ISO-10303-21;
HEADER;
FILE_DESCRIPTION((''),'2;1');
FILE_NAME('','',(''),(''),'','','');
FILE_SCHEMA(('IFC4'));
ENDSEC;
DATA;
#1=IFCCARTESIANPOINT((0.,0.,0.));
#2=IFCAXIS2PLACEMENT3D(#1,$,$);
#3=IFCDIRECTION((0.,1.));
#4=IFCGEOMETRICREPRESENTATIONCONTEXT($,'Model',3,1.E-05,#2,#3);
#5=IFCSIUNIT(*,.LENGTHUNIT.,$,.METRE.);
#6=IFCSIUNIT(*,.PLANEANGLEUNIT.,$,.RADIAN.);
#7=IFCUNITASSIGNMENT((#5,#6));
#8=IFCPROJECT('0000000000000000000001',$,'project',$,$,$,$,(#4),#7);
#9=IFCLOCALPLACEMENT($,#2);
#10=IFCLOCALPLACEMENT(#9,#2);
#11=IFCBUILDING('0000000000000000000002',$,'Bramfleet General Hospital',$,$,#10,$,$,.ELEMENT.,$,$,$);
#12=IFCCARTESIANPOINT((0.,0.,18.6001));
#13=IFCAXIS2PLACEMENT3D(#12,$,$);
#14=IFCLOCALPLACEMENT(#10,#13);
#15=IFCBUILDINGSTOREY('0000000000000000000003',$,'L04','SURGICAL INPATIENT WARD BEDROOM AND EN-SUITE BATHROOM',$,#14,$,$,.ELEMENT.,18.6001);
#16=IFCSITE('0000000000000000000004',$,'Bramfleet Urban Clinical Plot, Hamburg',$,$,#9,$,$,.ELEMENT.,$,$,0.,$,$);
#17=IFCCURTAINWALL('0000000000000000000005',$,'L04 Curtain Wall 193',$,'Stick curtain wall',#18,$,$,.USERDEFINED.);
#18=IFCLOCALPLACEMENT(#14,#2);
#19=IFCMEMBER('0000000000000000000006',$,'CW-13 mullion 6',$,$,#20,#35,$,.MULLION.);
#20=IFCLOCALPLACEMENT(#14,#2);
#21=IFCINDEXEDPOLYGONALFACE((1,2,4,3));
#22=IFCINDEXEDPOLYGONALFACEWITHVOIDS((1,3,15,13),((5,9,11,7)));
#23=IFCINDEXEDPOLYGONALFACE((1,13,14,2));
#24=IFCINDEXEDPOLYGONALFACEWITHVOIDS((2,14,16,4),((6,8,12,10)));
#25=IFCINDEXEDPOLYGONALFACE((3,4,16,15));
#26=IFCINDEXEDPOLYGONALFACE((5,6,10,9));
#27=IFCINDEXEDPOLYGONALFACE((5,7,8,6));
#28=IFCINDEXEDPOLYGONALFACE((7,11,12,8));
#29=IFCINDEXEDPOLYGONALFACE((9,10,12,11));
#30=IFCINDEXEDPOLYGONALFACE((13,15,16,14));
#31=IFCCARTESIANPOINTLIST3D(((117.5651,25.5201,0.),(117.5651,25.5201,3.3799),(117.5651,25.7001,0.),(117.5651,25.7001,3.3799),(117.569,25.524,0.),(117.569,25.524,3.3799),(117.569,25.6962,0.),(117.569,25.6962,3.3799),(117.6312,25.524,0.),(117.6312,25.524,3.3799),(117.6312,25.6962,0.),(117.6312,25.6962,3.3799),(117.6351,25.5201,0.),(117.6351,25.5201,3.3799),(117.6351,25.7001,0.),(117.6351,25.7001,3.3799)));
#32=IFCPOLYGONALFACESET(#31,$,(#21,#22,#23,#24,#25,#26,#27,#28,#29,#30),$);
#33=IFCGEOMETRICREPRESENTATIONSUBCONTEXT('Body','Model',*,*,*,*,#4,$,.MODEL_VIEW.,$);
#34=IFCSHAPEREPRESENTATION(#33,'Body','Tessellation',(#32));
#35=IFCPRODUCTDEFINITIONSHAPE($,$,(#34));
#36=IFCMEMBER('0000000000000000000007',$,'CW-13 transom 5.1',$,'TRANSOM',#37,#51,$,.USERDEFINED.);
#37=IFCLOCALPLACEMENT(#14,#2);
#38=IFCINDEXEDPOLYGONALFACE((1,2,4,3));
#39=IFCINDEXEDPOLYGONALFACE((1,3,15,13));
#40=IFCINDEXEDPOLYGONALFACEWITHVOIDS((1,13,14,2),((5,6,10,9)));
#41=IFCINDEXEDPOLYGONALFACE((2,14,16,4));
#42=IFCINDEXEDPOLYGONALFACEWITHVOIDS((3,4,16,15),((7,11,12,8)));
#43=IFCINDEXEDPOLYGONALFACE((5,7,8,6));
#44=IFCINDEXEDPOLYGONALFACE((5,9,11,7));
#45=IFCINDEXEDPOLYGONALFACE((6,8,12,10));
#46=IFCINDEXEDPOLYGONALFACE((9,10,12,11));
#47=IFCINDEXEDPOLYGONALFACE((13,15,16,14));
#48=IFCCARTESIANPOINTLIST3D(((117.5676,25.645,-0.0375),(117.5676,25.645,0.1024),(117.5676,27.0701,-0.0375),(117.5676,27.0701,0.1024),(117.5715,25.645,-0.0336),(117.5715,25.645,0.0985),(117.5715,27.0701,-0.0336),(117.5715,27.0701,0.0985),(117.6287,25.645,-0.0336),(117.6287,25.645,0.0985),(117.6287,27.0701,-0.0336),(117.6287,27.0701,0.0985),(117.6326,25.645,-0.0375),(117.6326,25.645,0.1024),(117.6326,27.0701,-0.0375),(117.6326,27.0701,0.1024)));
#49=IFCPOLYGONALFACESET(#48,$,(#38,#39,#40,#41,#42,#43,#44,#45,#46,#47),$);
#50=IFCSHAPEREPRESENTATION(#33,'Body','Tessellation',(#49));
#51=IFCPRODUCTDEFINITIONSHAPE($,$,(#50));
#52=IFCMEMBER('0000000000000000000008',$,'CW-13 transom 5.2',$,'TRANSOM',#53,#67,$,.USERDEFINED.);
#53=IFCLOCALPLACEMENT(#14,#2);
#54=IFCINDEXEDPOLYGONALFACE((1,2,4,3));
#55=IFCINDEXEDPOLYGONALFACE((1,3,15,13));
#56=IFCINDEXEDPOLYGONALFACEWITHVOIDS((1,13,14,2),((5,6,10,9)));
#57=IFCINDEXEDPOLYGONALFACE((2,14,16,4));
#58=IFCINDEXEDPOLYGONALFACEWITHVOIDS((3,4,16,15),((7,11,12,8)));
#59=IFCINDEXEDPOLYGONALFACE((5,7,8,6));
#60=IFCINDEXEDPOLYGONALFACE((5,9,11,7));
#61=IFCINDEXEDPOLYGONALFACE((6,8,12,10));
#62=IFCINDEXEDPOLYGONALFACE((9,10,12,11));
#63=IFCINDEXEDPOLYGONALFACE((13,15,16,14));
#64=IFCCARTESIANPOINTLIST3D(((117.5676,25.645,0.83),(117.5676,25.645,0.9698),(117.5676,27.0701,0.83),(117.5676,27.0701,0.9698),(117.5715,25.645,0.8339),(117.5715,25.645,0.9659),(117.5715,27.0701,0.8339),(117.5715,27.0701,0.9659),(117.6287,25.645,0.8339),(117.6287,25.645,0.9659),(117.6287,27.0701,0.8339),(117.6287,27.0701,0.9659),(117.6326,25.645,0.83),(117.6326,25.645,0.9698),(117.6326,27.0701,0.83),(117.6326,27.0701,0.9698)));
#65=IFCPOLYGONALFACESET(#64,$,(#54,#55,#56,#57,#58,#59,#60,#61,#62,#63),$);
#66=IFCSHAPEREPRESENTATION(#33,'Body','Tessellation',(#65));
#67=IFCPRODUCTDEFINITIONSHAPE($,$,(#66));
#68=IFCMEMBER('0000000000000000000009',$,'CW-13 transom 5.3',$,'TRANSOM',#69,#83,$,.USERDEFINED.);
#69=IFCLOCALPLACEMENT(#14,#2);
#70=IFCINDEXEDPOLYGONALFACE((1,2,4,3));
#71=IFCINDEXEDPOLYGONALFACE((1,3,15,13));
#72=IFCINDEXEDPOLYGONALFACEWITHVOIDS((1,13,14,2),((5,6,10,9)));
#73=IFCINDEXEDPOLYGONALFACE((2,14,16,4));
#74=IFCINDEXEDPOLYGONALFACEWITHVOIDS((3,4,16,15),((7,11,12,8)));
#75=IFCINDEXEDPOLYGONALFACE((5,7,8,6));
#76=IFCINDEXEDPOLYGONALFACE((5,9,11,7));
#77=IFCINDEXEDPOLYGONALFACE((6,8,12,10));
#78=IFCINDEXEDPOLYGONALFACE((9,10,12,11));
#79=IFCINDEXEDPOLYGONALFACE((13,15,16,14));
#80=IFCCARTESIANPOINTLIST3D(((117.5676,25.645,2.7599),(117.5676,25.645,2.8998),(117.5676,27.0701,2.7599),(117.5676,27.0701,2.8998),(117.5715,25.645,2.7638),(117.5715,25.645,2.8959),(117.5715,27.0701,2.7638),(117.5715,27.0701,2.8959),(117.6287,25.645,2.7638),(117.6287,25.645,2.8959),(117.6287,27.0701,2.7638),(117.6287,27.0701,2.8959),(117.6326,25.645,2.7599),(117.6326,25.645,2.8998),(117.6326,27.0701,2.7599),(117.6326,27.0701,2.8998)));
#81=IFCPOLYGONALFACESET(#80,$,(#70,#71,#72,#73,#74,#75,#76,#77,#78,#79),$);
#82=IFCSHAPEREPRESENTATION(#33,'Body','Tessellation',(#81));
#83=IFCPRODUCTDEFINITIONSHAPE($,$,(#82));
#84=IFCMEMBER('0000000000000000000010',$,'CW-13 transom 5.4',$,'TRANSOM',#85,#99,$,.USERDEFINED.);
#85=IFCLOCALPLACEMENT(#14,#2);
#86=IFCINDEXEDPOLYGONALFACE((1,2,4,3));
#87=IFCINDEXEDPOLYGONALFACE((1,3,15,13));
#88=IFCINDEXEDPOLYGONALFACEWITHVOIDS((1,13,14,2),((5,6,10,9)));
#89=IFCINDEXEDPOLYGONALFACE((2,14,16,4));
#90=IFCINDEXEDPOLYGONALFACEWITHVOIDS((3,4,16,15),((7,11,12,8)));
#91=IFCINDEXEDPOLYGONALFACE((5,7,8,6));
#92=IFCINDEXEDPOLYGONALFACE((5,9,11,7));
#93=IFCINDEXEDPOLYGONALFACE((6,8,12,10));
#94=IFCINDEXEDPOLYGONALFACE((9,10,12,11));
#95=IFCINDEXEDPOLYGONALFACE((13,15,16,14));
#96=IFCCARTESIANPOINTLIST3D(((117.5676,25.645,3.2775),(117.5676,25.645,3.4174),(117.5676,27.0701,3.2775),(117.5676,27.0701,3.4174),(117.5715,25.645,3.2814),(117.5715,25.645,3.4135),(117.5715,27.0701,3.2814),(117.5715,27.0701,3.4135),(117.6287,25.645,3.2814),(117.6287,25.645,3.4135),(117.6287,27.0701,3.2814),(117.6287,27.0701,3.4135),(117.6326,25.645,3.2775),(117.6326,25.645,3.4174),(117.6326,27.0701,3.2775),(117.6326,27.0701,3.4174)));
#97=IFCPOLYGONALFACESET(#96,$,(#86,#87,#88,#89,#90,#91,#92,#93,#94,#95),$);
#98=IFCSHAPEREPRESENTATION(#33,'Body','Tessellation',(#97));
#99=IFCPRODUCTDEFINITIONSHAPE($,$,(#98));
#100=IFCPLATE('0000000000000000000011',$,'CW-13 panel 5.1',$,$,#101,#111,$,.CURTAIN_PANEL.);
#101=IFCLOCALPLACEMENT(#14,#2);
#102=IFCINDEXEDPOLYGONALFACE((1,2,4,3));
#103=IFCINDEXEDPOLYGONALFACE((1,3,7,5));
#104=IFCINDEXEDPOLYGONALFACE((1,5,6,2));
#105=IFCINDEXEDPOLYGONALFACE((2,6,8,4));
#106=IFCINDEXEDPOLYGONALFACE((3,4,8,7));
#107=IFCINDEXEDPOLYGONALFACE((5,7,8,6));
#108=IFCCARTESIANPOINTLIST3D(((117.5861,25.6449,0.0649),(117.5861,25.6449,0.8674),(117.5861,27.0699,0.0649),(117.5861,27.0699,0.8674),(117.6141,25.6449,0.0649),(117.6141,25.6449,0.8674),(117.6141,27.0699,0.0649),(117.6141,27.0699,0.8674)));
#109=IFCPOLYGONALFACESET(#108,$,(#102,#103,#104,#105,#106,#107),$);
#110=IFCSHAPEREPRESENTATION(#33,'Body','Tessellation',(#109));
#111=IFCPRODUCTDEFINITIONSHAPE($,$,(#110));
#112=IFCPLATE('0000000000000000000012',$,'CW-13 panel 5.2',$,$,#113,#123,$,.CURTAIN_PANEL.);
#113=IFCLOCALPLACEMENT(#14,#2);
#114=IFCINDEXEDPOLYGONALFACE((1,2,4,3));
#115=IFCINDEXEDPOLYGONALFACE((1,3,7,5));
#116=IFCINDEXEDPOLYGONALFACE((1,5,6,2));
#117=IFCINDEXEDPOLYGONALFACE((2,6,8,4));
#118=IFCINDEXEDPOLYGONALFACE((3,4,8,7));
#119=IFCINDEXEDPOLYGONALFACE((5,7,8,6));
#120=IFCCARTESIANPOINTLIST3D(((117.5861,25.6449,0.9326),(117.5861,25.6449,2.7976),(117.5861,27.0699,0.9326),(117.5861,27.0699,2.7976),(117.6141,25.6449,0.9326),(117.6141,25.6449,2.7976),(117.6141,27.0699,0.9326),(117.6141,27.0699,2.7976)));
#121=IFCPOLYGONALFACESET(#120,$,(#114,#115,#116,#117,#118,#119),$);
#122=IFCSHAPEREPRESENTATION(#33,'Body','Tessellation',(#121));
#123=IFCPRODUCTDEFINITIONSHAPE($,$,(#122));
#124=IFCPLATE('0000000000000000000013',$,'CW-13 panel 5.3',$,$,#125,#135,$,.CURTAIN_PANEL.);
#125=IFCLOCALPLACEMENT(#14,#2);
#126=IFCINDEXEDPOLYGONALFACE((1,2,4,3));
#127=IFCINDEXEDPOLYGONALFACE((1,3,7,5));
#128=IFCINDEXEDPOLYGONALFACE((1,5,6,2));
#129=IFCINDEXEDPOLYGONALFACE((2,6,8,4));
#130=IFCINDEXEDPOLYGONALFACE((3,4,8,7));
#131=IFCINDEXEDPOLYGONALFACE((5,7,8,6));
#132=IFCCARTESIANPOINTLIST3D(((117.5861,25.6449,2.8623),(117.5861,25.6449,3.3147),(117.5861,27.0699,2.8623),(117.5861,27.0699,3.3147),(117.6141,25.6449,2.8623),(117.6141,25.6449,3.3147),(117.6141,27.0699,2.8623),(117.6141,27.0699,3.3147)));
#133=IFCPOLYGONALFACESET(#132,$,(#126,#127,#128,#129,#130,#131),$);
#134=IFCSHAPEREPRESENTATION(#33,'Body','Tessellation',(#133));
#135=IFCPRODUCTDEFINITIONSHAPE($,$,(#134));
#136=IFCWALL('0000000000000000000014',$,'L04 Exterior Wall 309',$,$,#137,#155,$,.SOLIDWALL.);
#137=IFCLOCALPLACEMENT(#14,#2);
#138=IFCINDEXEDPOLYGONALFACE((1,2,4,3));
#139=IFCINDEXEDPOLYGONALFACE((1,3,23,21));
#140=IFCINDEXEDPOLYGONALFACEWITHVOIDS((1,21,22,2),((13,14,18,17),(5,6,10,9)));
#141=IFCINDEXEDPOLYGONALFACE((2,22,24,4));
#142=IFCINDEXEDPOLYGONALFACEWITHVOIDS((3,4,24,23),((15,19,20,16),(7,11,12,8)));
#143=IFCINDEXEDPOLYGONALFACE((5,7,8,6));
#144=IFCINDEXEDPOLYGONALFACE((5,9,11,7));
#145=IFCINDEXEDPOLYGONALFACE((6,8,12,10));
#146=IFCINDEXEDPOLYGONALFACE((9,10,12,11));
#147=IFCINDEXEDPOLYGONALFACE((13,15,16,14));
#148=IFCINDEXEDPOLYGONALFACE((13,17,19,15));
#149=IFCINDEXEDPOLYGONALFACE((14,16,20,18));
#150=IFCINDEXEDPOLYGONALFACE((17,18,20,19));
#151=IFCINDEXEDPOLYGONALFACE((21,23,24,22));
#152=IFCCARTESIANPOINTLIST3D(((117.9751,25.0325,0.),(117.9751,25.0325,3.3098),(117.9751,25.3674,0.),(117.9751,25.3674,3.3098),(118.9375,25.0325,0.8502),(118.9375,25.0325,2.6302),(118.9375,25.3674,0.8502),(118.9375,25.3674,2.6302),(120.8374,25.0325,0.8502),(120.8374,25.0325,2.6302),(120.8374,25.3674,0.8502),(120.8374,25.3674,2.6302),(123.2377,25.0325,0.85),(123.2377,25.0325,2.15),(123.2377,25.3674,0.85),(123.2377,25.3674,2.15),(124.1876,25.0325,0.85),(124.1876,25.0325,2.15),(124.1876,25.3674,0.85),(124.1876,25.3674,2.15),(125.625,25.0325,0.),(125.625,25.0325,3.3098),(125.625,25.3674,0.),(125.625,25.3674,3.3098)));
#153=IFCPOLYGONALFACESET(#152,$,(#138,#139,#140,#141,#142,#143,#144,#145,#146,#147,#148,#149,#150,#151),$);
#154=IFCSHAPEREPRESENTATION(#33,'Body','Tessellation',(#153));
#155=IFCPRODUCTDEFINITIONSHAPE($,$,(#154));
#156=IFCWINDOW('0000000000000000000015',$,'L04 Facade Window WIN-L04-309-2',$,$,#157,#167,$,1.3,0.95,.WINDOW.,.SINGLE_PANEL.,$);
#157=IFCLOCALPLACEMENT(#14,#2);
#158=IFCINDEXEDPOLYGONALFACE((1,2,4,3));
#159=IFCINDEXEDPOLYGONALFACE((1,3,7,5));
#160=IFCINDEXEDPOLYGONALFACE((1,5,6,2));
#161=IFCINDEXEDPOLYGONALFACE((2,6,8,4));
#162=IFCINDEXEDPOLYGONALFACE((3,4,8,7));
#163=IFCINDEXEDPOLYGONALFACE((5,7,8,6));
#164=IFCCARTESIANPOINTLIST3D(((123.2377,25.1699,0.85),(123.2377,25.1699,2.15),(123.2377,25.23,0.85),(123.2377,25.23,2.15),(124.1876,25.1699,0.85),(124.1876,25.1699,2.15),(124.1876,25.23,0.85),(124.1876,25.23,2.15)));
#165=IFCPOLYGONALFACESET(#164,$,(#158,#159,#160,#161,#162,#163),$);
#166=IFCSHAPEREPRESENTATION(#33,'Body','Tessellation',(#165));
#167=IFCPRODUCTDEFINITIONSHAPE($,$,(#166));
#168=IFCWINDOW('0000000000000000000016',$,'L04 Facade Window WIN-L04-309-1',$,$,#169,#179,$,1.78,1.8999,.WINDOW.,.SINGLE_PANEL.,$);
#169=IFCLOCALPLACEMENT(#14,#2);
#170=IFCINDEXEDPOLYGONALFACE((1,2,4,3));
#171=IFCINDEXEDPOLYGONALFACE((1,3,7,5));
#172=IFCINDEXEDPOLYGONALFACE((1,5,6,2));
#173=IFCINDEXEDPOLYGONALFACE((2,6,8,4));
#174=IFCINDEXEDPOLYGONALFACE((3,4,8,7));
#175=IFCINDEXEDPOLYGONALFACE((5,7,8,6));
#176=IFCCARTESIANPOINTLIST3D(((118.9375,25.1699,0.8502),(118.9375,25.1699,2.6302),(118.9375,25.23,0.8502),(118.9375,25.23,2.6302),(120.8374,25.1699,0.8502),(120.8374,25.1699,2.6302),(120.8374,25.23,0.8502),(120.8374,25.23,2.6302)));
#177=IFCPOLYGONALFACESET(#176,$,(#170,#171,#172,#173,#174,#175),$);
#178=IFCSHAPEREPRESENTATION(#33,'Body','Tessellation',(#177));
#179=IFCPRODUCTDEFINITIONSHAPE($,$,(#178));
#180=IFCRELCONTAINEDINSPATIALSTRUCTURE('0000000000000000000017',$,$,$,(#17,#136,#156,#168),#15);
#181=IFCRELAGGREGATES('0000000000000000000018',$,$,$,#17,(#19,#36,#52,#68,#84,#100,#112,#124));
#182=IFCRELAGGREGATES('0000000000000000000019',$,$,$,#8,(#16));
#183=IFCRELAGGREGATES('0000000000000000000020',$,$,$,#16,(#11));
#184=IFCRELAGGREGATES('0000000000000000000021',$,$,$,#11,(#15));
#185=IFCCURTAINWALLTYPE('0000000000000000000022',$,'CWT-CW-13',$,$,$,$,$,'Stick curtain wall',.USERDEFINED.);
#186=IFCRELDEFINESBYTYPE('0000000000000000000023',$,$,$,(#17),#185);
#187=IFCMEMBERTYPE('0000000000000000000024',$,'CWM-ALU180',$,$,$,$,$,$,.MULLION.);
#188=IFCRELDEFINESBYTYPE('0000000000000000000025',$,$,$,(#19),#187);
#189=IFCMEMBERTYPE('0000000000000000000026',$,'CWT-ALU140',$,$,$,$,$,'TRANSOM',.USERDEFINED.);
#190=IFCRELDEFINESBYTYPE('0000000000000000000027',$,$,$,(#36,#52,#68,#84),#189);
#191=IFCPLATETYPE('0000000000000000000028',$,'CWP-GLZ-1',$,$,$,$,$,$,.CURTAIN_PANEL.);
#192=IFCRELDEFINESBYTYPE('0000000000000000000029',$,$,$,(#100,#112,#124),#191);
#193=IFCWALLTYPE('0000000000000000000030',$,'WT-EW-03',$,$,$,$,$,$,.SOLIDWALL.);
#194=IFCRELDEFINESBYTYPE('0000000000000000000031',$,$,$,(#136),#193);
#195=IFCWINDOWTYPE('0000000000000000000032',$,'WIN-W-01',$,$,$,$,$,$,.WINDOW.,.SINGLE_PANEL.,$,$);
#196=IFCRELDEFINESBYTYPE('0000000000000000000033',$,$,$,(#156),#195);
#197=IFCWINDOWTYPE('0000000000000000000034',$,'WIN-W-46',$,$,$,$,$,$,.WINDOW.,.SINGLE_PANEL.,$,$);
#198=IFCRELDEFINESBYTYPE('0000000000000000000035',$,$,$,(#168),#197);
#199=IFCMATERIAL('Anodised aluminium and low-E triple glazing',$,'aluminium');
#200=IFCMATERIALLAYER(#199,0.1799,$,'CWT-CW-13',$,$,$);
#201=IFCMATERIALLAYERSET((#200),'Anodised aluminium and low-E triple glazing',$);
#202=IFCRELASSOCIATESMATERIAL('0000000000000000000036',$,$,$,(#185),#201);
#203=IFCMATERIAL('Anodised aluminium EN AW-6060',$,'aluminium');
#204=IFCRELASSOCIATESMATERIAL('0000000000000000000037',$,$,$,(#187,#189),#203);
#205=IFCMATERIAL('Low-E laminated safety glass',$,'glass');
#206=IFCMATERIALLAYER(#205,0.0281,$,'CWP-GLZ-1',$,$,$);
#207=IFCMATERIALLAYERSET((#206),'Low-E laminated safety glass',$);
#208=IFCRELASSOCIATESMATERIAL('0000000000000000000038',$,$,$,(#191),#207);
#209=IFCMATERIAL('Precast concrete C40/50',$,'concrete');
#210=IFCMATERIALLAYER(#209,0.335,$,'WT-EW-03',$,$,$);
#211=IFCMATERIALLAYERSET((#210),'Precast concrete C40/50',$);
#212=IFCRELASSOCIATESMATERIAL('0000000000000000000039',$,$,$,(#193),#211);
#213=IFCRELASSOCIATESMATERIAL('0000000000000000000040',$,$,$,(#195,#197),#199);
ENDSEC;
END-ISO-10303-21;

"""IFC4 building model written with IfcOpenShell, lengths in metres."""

from ifc_helpers import new_model, si_unit, direction, frame, frame_2d, origin, origin_2d, place, context, subcontext, project, spatial, rectangle, hollow_rectangle, extrude, material, layer, layer_set, material_profile, profile_set, type_object, element, fill, aggregate, save


model = new_model("IFC4")

# Units and contexts
model_context = context("Model", 3, precision=1e-05, world=origin(), true_north=direction((0.0, 1.0)))
body_context = subcontext(model_context, "Body", "Model", "MODEL_VIEW")
ifc_project = project(units=[si_unit("LENGTHUNIT", "METRE"), si_unit("PLANEANGLEUNIT", "RADIAN")], contexts=[model_context])

# Site, building, storey
site_placement = place(None, origin())
site = spatial("IfcSite", under=ifc_project, at=site_placement, Name="Bramfleet Urban Clinical Plot, Hamburg", CompositionType="ELEMENT", RefElevation=0.0)
building_placement = place(site_placement, origin())
building = spatial("IfcBuilding", under=site, at=building_placement, Name="Bramfleet General Hospital", CompositionType="ELEMENT")
storey_placement = place(building_placement, frame((0.0, 0.0, 18.6001)))
storey = spatial("IfcBuildingStorey", under=building, at=storey_placement, Name="L04", Description="SURGICAL INPATIENT WARD BEDROOM AND EN-SUITE BATHROOM", CompositionType="ELEMENT", Elevation=18.6001)

# Curtain wall, members, plates
ifc_material_1 = material(Name="Anodised aluminium and low-E triple glazing", Category="aluminium")
ifc_layer_1 = layer(ifc_material_1, 0.1799, Name="CWT-CW-13")
ifc_layer_set_1 = layer_set([ifc_layer_1], Name="Anodised aluminium and low-E triple glazing")
curtain_wall_type = type_object("IfcCurtainWallType", Name="CWT-CW-13", ElementType="Stick curtain wall", PredefinedType="USERDEFINED", material=ifc_layer_set_1)
curtain_wall_placement = place(storey_placement, origin())
curtain_wall = element("IfcCurtainWall", 1, at=curtain_wall_placement, inside=storey, type_object=curtain_wall_type, Name="L04 Curtain Wall 193", ObjectType="Stick curtain wall", PredefinedType="USERDEFINED")
ifc_material_2 = material(Name="Anodised aluminium EN AW-6060", Category="aluminium")
ifc_material_profile_1 = material_profile(ifc_material_2, hollow_rectangle(XDim=0.0701, YDim=0.1799, WallThickness=0.0039, at=origin_2d()), Name="ALU 180x70x4.0")
ifc_profile_set_1 = profile_set([ifc_material_profile_1], Name="Anodised aluminium EN AW-6060")
member_type_1 = type_object("IfcMemberType", Name="CWM-ALU180", PredefinedType="MULLION", material=ifc_profile_set_1)
member_1_placement = place(storey_placement, frame((117.6001, 25.6101, 0.0), z_axis=(0.0, 0.0, 1.0), x_axis=(1.0, 0.0, 0.0)))
member_1 = element("IfcMember", 2, at=member_1_placement, type_object=member_type_1, Name="CW-13 mullion 6", PredefinedType="MULLION", context=body_context, shape_type="SweptSolid", body=[
    extrude(hollow_rectangle(XDim=0.0701, YDim=0.1799, WallThickness=0.0039, at=origin_2d()), origin(), (0.0, 0.0, 1.0), 3.3799),
])
ifc_material_profile_2 = material_profile(ifc_material_2, hollow_rectangle(XDim=0.0649, YDim=0.1399, WallThickness=0.0039, at=origin_2d()), Name="ALU 140x65x4.0")
ifc_profile_set_2 = profile_set([ifc_material_profile_2], Name="Anodised aluminium EN AW-6060")
member_type_2 = type_object("IfcMemberType", Name="CWT-ALU140", ElementType="TRANSOM", PredefinedType="USERDEFINED", material=ifc_profile_set_2)
member_2_placement = place(storey_placement, frame((117.6001, 27.0701, 0.0325), z_axis=(0.0, -1.0, 0.0), x_axis=(1.0, 0.0, 0.0)))
member_2 = element("IfcMember", 3, at=member_2_placement, type_object=member_type_2, Name="CW-13 transom 5.1", ObjectType="TRANSOM", PredefinedType="USERDEFINED", context=body_context, shape_type="SweptSolid", body=[
    extrude(hollow_rectangle(XDim=0.0649, YDim=0.1399, WallThickness=0.0039, at=origin_2d()), origin(), (0.0, 0.0, 1.0), 1.425),
])
member_3_placement = place(storey_placement, frame((117.6001, 27.0701, 0.8999), z_axis=(0.0, -1.0, 0.0), x_axis=(1.0, 0.0, 0.0)))
member_3 = element("IfcMember", 4, at=member_3_placement, type_object=member_type_2, Name="CW-13 transom 5.2", ObjectType="TRANSOM", PredefinedType="USERDEFINED", context=body_context, shape_type="SweptSolid", body=[
    extrude(hollow_rectangle(XDim=0.0649, YDim=0.1399, WallThickness=0.0039, at=origin_2d()), origin(), (0.0, 0.0, 1.0), 1.425),
])
member_4_placement = place(storey_placement, frame((117.6001, 27.0701, 2.8298), z_axis=(0.0, -1.0, 0.0), x_axis=(1.0, 0.0, 0.0)))
member_4 = element("IfcMember", 5, at=member_4_placement, type_object=member_type_2, Name="CW-13 transom 5.3", ObjectType="TRANSOM", PredefinedType="USERDEFINED", context=body_context, shape_type="SweptSolid", body=[
    extrude(hollow_rectangle(XDim=0.0649, YDim=0.1399, WallThickness=0.0039, at=origin_2d()), origin(), (0.0, 0.0, 1.0), 1.425),
])
member_5_placement = place(storey_placement, frame((117.6001, 27.0701, 3.3474), z_axis=(0.0, -1.0, 0.0), x_axis=(1.0, 0.0, 0.0)))
member_5 = element("IfcMember", 6, at=member_5_placement, type_object=member_type_2, Name="CW-13 transom 5.4", ObjectType="TRANSOM", PredefinedType="USERDEFINED", context=body_context, shape_type="SweptSolid", body=[
    extrude(hollow_rectangle(XDim=0.0649, YDim=0.1399, WallThickness=0.0039, at=origin_2d()), origin(), (0.0, 0.0, 1.0), 1.425),
])
ifc_material_3 = material(Name="Low-E laminated safety glass", Category="glass")
ifc_layer_2 = layer(ifc_material_3, 0.0281, Name="CWP-GLZ-1")
ifc_layer_set_2 = layer_set([ifc_layer_2], Name="Low-E laminated safety glass")
plate_type = type_object("IfcPlateType", Name="CWP-GLZ-1", PredefinedType="CURTAIN_PANEL", material=ifc_layer_set_2)
plate_1_placement = place(storey_placement, frame((117.6001, 26.3574, 0.0649), z_axis=(0.0, 0.0, 1.0), x_axis=(0.0, -1.0, 0.0)))
plate_1 = element("IfcPlate", 7, at=plate_1_placement, type_object=plate_type, Name="CW-13 panel 5.1", PredefinedType="CURTAIN_PANEL", context=body_context, shape_type="SweptSolid", body=[
    extrude(rectangle(XDim=1.425, YDim=0.0281, at=origin_2d()), origin(), (0.0, 0.0, 1.0), 0.8025),
])
plate_2_placement = place(storey_placement, frame((117.6001, 26.3574, 0.9326), z_axis=(0.0, 0.0, 1.0), x_axis=(0.0, -1.0, 0.0)))
plate_2 = element("IfcPlate", 8, at=plate_2_placement, type_object=plate_type, Name="CW-13 panel 5.2", PredefinedType="CURTAIN_PANEL", context=body_context, shape_type="SweptSolid", body=[
    extrude(rectangle(XDim=1.425, YDim=0.0281, at=origin_2d()), origin(), (0.0, 0.0, 1.0), 1.865),
])
plate_3_placement = place(storey_placement, frame((117.6001, 26.3574, 2.8623), z_axis=(0.0, 0.0, 1.0), x_axis=(0.0, -1.0, 0.0)))
plate_3 = element("IfcPlate", 9, at=plate_3_placement, type_object=plate_type, Name="CW-13 panel 5.3", PredefinedType="CURTAIN_PANEL", context=body_context, shape_type="SweptSolid", body=[
    extrude(rectangle(XDim=1.425, YDim=0.0281, at=origin_2d()), origin(), (0.0, 0.0, 1.0), 0.4524),
])
aggregate(curtain_wall, [member_1, member_2, member_3, member_4, member_5, plate_1, plate_2, plate_3])

# Wall, openings, windows
ifc_material_4 = material(Name="Precast concrete C40/50", Category="concrete")
ifc_layer_3 = layer(ifc_material_4, 0.335, Name="WT-EW-03")
ifc_layer_set_3 = layer_set([ifc_layer_3], Name="Precast concrete C40/50")
wall_type_1 = type_object("IfcWallType", Name="WT-EW-03", PredefinedType="SOLIDWALL", material=ifc_layer_set_3)
wall_1_placement = place(storey_placement, frame((117.9751, 25.2, 0.0), z_axis=(0.0, 0.0, 1.0), x_axis=(1.0, 0.0, 0.0)))
wall_1 = element("IfcWall", 10, at=wall_1_placement, inside=storey, type_object=wall_type_1, Name="L04 Exterior Wall 309", PredefinedType="SOLIDWALL", context=body_context, shape_type="SweptSolid", body=[
    extrude(rectangle(XDim=7.6499, YDim=0.335, at=frame_2d((3.825, 0.0))), origin(), (0.0, 0.0, 1.0), 3.3098),
])
opening_1_placement = place(wall_1_placement, frame((0.9624, 0.0, 0.8501)))
opening_1 = element("IfcOpeningElement", 11, at=opening_1_placement, cuts=wall_1, PredefinedType="OPENING", context=body_context, shape_type="SweptSolid", body=[
    extrude(rectangle(XDim=1.8999, YDim=1.78, at=frame_2d((0.95, 0.8901))), frame((0.0, 0.1775, 0.0), z_axis=(0.0, -1.0, 0.0), x_axis=(1.0, 0.0, 0.0)), (0.0, 0.0, 1.0), 0.355),
])
opening_2_placement = place(wall_1_placement, frame((5.2625, 0.0, 0.8501)))
opening_2 = element("IfcOpeningElement", 12, at=opening_2_placement, cuts=wall_1, PredefinedType="OPENING", context=body_context, shape_type="SweptSolid", body=[
    extrude(rectangle(XDim=0.95, YDim=1.3, at=frame_2d((0.4751, 0.6499))), frame((0.0, 0.1775, 0.0), z_axis=(0.0, -1.0, 0.0), x_axis=(1.0, 0.0, 0.0)), (0.0, 0.0, 1.0), 0.355),
])
window_type_1 = type_object("IfcWindowType", Name="WIN-W-01", PartitioningType="SINGLE_PANEL", PredefinedType="WINDOW", material=ifc_material_1)
window_1_placement = place(opening_2_placement, origin())
window_1 = element("IfcWindow", 13, at=window_1_placement, inside=storey, type_object=window_type_1, Name="L04 Facade Window WIN-L04-309-2", OverallHeight=1.3, OverallWidth=0.95, PartitioningType="SINGLE_PANEL", PredefinedType="WINDOW", context=body_context, shape_type="SweptSolid", body=[
    extrude(rectangle(XDim=0.95, YDim=1.3, at=frame_2d((0.4751, 0.6499))), frame((0.0, 0.03, 0.0), z_axis=(0.0, -1.0, 0.0), x_axis=(1.0, 0.0, 0.0)), (0.0, 0.0, 1.0), 0.0601),
])
fill(opening_2, window_1)
window_type_2 = type_object("IfcWindowType", Name="WIN-W-46", PartitioningType="SINGLE_PANEL", PredefinedType="WINDOW", material=ifc_material_1)
window_2_placement = place(opening_1_placement, origin())
window_2 = element("IfcWindow", 14, at=window_2_placement, inside=storey, type_object=window_type_2, Name="L04 Facade Window WIN-L04-309-1", OverallHeight=1.78, OverallWidth=1.8999, PartitioningType="SINGLE_PANEL", PredefinedType="WINDOW", context=body_context, shape_type="SweptSolid", body=[
    extrude(rectangle(XDim=1.8999, YDim=1.78, at=frame_2d((0.95, 0.8901))), frame((0.0, 0.03, 0.0), z_axis=(0.0, -1.0, 0.0), x_axis=(1.0, 0.0, 0.0)), (0.0, 0.0, 1.0), 0.0601),
])
fill(opening_1, window_2)

save(model, "model.ifc")
